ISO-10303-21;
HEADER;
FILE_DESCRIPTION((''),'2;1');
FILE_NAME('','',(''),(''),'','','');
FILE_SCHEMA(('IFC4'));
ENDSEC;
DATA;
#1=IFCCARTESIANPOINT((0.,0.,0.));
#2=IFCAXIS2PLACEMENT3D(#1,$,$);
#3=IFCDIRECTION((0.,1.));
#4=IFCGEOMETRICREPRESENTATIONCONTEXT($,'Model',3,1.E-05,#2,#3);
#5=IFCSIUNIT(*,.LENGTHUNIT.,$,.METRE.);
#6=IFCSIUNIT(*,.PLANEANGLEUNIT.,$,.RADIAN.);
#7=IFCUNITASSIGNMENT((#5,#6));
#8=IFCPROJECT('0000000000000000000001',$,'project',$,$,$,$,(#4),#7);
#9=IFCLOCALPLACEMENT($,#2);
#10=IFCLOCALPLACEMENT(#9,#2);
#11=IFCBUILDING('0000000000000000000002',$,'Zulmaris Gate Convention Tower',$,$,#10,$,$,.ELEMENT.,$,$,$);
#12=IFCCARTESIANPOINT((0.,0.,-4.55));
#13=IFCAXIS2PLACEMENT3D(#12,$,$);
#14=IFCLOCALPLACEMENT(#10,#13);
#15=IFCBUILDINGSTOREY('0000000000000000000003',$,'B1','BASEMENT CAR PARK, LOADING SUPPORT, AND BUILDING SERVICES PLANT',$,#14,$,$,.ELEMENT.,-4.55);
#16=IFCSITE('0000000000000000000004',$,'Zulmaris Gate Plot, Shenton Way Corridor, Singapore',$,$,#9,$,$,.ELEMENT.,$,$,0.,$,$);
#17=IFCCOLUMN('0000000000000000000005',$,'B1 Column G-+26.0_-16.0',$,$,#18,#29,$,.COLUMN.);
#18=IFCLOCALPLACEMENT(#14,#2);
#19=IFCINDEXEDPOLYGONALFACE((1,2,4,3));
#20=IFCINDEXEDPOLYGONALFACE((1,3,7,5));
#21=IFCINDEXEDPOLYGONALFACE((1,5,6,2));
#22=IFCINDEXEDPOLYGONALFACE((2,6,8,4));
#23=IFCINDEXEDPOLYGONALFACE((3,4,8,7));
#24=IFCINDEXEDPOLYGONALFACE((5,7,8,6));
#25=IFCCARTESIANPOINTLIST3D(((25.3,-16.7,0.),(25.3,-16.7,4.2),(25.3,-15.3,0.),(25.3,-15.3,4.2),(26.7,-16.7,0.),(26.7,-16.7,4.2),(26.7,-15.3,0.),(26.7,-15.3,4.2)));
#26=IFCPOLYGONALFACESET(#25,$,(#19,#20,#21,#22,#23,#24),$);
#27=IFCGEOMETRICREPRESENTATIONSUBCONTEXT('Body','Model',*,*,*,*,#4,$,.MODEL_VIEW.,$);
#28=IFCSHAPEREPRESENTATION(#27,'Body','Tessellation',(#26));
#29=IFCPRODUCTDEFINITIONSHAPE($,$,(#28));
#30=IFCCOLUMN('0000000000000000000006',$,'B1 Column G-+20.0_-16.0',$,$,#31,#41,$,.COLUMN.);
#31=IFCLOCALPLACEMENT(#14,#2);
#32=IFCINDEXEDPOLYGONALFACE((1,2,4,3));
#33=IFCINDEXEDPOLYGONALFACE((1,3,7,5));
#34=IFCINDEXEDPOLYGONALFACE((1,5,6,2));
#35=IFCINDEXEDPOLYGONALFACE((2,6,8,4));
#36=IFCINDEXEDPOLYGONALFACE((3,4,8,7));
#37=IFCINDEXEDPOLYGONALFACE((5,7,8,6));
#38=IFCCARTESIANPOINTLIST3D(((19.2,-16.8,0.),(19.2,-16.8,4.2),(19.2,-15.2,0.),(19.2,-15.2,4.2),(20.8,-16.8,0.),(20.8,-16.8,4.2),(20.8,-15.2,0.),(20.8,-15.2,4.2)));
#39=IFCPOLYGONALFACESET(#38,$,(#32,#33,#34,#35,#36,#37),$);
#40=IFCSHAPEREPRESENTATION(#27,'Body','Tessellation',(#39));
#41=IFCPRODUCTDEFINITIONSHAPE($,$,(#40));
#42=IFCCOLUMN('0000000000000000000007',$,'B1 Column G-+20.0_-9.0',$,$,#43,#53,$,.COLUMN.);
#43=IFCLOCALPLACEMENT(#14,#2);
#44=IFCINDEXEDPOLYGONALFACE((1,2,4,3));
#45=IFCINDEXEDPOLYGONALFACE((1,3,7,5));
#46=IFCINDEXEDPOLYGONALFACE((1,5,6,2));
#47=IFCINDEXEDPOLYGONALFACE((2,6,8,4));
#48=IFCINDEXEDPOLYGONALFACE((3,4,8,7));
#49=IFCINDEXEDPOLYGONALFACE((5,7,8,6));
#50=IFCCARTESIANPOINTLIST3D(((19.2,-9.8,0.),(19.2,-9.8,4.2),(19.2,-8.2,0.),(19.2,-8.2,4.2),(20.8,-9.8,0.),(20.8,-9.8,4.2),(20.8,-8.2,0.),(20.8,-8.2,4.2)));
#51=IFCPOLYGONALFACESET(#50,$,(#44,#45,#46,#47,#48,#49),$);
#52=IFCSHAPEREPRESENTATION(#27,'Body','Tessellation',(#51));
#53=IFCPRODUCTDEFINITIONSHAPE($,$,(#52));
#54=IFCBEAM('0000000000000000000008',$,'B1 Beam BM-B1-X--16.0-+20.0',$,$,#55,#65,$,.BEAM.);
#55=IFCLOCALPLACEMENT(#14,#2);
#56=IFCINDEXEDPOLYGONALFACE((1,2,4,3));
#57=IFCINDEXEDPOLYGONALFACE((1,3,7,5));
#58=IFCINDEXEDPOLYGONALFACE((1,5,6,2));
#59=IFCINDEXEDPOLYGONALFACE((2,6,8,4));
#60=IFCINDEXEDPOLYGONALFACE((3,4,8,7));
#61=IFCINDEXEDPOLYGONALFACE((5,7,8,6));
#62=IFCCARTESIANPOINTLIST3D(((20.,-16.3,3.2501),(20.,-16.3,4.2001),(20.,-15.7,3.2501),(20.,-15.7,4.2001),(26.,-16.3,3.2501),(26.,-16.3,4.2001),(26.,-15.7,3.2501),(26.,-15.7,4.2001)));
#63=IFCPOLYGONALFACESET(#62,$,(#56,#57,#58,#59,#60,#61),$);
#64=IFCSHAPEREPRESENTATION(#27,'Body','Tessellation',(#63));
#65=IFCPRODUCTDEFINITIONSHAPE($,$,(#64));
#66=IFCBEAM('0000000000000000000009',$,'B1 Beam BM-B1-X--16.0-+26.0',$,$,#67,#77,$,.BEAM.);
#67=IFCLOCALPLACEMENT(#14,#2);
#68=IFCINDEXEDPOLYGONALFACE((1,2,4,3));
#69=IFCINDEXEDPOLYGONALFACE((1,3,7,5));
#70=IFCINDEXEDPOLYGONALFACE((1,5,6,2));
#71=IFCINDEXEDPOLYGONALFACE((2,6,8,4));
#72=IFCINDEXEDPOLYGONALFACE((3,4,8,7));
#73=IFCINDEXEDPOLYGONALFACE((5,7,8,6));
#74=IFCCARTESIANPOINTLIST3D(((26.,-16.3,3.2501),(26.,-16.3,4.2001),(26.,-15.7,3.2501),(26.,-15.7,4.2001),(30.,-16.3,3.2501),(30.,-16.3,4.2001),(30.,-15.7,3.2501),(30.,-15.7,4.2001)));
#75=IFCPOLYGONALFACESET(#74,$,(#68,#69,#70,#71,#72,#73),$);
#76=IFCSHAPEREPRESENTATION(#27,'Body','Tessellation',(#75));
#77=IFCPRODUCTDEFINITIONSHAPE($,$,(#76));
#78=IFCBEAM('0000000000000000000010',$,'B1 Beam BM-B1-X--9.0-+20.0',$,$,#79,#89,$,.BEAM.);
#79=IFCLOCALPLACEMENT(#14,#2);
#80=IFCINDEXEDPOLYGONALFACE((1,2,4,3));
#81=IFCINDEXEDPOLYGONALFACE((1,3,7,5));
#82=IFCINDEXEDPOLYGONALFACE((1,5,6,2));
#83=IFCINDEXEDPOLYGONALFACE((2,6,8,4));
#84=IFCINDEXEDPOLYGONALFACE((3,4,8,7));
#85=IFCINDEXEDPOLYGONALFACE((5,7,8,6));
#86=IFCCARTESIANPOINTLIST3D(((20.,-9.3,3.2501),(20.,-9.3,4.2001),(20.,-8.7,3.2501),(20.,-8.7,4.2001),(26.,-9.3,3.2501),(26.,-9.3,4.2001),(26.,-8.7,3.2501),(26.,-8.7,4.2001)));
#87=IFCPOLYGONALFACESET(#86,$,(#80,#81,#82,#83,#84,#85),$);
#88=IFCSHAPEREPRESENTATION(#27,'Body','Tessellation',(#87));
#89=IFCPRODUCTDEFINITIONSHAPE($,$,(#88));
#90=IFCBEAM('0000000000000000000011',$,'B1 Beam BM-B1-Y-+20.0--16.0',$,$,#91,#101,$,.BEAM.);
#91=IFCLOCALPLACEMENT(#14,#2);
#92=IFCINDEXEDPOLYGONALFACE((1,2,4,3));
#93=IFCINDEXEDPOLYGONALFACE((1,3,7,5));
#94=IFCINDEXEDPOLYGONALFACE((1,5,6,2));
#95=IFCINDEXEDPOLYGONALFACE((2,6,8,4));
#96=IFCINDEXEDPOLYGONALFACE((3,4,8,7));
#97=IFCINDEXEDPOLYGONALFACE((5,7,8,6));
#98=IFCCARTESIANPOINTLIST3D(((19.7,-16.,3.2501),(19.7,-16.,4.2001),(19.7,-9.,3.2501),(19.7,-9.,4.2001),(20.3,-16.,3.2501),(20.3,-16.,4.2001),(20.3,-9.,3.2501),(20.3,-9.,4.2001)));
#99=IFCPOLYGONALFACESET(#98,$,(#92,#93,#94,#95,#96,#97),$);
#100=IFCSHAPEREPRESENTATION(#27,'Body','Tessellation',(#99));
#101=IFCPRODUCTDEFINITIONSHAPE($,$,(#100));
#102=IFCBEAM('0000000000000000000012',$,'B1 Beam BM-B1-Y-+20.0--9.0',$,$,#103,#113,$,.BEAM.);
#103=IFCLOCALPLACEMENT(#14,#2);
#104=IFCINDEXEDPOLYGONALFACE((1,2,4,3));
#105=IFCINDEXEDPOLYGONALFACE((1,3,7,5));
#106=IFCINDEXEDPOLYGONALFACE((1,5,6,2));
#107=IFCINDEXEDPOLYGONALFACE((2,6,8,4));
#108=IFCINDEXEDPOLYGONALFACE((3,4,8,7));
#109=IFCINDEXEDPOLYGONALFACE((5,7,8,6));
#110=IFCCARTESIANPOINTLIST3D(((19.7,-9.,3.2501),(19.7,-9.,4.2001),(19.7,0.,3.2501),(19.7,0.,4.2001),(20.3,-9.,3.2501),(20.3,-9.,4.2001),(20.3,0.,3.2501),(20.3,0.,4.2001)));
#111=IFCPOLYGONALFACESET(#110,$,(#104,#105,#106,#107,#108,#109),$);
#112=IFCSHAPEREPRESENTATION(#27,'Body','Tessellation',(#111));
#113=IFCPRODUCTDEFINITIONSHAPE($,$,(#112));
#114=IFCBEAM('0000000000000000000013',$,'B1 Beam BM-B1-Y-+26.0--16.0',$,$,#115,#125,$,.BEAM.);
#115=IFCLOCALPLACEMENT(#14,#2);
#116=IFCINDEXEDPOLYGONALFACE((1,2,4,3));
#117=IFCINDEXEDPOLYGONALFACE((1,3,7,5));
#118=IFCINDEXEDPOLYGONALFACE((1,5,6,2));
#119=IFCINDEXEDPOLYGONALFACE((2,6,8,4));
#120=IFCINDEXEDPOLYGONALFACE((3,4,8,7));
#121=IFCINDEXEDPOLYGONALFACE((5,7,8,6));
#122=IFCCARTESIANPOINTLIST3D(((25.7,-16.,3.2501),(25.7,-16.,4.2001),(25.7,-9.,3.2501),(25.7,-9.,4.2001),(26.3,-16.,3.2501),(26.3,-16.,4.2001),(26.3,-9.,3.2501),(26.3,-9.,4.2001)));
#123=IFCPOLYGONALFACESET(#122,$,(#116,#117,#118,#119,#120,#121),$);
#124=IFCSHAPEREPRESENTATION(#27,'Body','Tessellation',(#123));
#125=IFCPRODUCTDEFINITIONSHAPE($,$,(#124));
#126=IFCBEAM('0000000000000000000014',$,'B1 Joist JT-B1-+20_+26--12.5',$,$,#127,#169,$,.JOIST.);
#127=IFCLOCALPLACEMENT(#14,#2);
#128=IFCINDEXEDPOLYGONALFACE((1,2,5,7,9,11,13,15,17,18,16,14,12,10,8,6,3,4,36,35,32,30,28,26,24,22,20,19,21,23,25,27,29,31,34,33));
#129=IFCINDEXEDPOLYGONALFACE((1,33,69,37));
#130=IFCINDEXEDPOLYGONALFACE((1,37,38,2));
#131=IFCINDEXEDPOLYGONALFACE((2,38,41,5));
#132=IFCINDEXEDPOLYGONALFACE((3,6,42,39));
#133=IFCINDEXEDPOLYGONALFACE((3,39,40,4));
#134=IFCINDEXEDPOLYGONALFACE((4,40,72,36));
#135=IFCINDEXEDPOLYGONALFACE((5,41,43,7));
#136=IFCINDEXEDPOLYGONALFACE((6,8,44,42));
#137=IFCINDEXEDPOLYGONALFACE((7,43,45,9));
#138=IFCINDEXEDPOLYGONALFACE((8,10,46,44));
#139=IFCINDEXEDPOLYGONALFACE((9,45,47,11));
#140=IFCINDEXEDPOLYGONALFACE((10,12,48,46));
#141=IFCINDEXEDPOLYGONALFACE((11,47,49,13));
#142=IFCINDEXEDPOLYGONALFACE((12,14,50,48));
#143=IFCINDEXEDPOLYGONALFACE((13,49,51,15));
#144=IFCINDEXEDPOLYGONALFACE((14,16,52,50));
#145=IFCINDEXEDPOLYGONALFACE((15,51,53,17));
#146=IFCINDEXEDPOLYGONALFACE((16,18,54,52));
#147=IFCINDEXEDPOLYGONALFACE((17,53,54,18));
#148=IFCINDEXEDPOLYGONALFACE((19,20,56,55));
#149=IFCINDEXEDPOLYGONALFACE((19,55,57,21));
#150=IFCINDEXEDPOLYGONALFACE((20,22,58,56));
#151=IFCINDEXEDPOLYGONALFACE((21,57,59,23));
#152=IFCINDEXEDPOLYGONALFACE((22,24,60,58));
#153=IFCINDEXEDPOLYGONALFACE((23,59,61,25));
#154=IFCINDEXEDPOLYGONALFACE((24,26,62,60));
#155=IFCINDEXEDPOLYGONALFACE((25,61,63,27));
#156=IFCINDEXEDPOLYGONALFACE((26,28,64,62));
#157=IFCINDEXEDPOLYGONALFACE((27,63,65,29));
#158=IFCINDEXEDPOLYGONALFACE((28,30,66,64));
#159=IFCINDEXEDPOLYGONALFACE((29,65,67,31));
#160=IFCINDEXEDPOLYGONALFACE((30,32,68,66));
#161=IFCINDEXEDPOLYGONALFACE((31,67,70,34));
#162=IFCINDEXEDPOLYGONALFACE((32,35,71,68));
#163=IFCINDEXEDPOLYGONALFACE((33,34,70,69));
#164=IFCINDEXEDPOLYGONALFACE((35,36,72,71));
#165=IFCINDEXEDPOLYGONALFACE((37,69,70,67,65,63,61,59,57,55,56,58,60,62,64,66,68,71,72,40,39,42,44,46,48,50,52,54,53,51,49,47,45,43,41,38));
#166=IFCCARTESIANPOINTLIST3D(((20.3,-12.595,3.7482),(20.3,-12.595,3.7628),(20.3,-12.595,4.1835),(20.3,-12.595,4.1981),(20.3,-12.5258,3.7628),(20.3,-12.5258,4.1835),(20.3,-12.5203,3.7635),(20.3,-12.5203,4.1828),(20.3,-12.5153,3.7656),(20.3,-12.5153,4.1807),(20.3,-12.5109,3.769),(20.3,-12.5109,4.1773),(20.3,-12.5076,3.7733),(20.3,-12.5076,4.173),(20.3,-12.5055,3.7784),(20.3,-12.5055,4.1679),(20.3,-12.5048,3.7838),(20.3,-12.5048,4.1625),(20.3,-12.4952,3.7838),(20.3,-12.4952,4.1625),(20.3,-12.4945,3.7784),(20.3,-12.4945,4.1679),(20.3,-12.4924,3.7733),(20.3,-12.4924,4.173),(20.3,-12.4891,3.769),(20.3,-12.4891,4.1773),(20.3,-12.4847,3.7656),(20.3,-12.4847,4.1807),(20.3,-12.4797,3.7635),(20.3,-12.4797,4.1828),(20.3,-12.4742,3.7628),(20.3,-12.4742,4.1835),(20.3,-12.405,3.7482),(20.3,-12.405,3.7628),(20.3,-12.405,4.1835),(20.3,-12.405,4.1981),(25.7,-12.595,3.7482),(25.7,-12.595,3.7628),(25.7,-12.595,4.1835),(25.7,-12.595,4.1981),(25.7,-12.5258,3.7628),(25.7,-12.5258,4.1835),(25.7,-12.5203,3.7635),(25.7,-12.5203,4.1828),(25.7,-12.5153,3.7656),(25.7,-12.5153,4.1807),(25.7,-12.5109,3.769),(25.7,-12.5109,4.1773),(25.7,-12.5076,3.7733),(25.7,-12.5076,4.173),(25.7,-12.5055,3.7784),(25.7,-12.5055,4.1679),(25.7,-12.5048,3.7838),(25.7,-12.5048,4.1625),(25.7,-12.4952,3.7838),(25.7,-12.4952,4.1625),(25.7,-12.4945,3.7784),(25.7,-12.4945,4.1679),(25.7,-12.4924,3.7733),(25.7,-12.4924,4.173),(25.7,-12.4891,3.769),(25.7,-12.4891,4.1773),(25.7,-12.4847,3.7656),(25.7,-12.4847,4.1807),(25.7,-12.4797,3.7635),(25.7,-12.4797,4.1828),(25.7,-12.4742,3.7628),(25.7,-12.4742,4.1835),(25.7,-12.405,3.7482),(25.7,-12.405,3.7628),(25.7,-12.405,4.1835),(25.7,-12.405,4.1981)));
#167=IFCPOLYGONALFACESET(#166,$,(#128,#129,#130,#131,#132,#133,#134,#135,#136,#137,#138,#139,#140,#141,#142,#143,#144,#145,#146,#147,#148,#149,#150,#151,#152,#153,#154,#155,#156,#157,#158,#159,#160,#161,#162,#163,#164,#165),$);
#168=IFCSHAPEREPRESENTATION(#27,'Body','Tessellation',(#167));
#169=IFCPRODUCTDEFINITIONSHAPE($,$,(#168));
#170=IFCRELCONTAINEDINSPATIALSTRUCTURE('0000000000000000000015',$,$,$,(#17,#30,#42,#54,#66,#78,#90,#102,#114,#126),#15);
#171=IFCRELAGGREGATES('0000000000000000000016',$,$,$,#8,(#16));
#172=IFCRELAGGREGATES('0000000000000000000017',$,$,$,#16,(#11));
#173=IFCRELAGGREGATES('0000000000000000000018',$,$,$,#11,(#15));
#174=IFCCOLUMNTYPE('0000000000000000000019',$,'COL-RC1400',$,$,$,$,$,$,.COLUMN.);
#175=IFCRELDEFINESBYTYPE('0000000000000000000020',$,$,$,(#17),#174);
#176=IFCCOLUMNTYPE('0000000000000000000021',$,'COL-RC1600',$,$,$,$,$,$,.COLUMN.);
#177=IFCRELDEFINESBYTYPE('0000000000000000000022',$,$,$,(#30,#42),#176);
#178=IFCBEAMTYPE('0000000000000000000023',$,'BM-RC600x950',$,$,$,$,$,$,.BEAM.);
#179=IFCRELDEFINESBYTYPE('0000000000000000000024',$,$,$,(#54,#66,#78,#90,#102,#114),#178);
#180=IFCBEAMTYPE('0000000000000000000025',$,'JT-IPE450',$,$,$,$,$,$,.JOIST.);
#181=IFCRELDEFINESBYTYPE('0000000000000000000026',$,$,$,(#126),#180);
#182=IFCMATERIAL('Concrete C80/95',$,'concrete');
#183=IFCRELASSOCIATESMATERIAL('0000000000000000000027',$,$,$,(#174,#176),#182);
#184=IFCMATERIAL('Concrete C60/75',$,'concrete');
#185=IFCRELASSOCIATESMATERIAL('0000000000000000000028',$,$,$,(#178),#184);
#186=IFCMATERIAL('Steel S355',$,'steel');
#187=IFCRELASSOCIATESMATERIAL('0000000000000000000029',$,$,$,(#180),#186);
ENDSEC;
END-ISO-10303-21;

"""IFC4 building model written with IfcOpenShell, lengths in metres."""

from ifc_helpers import new_model, si_unit, direction, frame, origin, origin_2d, place, context, subcontext, project, spatial, rectangle, i_section, extrude, material, material_profile, profile_set, type_object, element, save


model = new_model("IFC4")

# Units and contexts
model_context = context("Model", 3, precision=1e-05, world=origin(), true_north=direction((0.0, 1.0)))
body_context = subcontext(model_context, "Body", "Model", "MODEL_VIEW")
ifc_project = project(units=[si_unit("LENGTHUNIT", "METRE"), si_unit("PLANEANGLEUNIT", "RADIAN")], contexts=[model_context])

# Site, building, storey
site_placement = place(None, origin())
site = spatial("IfcSite", under=ifc_project, at=site_placement, Name="Zulmaris Gate Plot, Shenton Way Corridor, Singapore", CompositionType="ELEMENT", RefElevation=0.0)
building_placement = place(site_placement, origin())
building = spatial("IfcBuilding", under=site, at=building_placement, Name="Zulmaris Gate Convention Tower", CompositionType="ELEMENT")
storey_placement = place(building_placement, frame((0.0, 0.0, -4.55)))
storey = spatial("IfcBuildingStorey", under=building, at=storey_placement, Name="B1", Description="BASEMENT CAR PARK, LOADING SUPPORT, AND BUILDING SERVICES PLANT", CompositionType="ELEMENT", Elevation=-4.55)

# Columns
ifc_material_1 = material(Name="Concrete C80/95", Category="concrete")
ifc_material_profile_1 = material_profile(ifc_material_1, rectangle(XDim=1.3999, YDim=1.3999, at=origin_2d()), Name="RC COL 1400x1400")
ifc_profile_set_1 = profile_set([ifc_material_profile_1], Name="Concrete C80/95")
column_type_1 = type_object("IfcColumnType", Name="COL-RC1400", PredefinedType="COLUMN", material=ifc_profile_set_1)
column_placement = place(storey_placement, frame((26.0, -16.0, 0.0), z_axis=(0.0, 0.0, 1.0), x_axis=(1.0, 0.0, 0.0)))
element("IfcColumn", 1, at=column_placement, inside=storey, type_object=column_type_1, Name="B1 Column G-+26.0_-16.0", PredefinedType="COLUMN", context=body_context, shape_type="SweptSolid", body=[
    extrude(rectangle(XDim=1.3999, YDim=1.3999, at=origin_2d()), origin(), (0.0, 0.0, 1.0), 4.2),
])
ifc_material_profile_2 = material_profile(ifc_material_1, rectangle(XDim=1.6001, YDim=1.6001, at=origin_2d()), Name="RC COL 1600x1600")
ifc_profile_set_2 = profile_set([ifc_material_profile_2], Name="Concrete C80/95")
column_type_2 = type_object("IfcColumnType", Name="COL-RC1600", PredefinedType="COLUMN", material=ifc_profile_set_2)
for number, where, z_axis, x_axis, name in (
    (2, (20.0, -16.0, 0.0), (0.0, 0.0, 1.0), (1.0, 0.0, 0.0), "B1 Column G-+20.0_-16.0"),
    (3, (20.0, -9.0, 0.0), (0.0, 0.0, 1.0), (1.0, 0.0, 0.0), "B1 Column G-+20.0_-9.0"),
):
    element("IfcColumn", number, at=place(storey_placement, frame(where, z_axis=z_axis, x_axis=x_axis)), inside=storey, type_object=column_type_2, Name=name, PredefinedType="COLUMN", context=body_context, shape_type="SweptSolid", body=[
        extrude(rectangle(XDim=1.6001, YDim=1.6001, at=origin_2d()), origin(), (0.0, 0.0, 1.0), 4.2),
    ])

# Beams
ifc_material_2 = material(Name="Concrete C60/75", Category="concrete")
ifc_material_profile_3 = material_profile(ifc_material_2, rectangle(XDim=0.6001, YDim=0.95, at=origin_2d()), Name="RC BEAM 600x950")
ifc_profile_set_3 = profile_set([ifc_material_profile_3], Name="Concrete C60/75")
beam_type_1 = type_object("IfcBeamType", Name="BM-RC600x950", PredefinedType="BEAM", material=ifc_profile_set_3)
beam_1_placement = place(storey_placement, frame((20.0, -16.0, 3.7251), z_axis=(1.0, 0.0, 0.0), x_axis=(0.0, 1.0, 0.0)))
element("IfcBeam", 4, at=beam_1_placement, inside=storey, type_object=beam_type_1, Name="B1 Beam BM-B1-X--16.0-+20.0", PredefinedType="BEAM", context=body_context, shape_type="SweptSolid", body=[
    extrude(rectangle(XDim=0.6001, YDim=0.95, at=origin_2d()), origin(), (0.0, 0.0, 1.0), 6.0),
])
beam_2_placement = place(storey_placement, frame((26.0, -16.0, 3.7251), z_axis=(1.0, 0.0, 0.0), x_axis=(0.0, 1.0, 0.0)))
element("IfcBeam", 5, at=beam_2_placement, inside=storey, type_object=beam_type_1, Name="B1 Beam BM-B1-X--16.0-+26.0", PredefinedType="BEAM", context=body_context, shape_type="SweptSolid", body=[
    extrude(rectangle(XDim=0.6001, YDim=0.95, at=origin_2d()), origin(), (0.0, 0.0, 1.0), 4.0),
])
beam_3_placement = place(storey_placement, frame((20.0, -9.0, 3.7251), z_axis=(1.0, 0.0, 0.0), x_axis=(0.0, 1.0, 0.0)))
element("IfcBeam", 6, at=beam_3_placement, inside=storey, type_object=beam_type_1, Name="B1 Beam BM-B1-X--9.0-+20.0", PredefinedType="BEAM", context=body_context, shape_type="SweptSolid", body=[
    extrude(rectangle(XDim=0.6001, YDim=0.95, at=origin_2d()), origin(), (0.0, 0.0, 1.0), 6.0),
])
beam_4_placement = place(storey_placement, frame((20.0, -16.0, 3.7251), z_axis=(0.0, 1.0, 0.0), x_axis=(-1.0, 0.0, 0.0)))
element("IfcBeam", 7, at=beam_4_placement, inside=storey, type_object=beam_type_1, Name="B1 Beam BM-B1-Y-+20.0--16.0", PredefinedType="BEAM", context=body_context, shape_type="SweptSolid", body=[
    extrude(rectangle(XDim=0.6001, YDim=0.95, at=origin_2d()), origin(), (0.0, 0.0, 1.0), 7.0),
])
beam_5_placement = place(storey_placement, frame((20.0, -9.0, 3.7251), z_axis=(0.0, 1.0, 0.0), x_axis=(-1.0, 0.0, 0.0)))
element("IfcBeam", 8, at=beam_5_placement, inside=storey, type_object=beam_type_1, Name="B1 Beam BM-B1-Y-+20.0--9.0", PredefinedType="BEAM", context=body_context, shape_type="SweptSolid", body=[
    extrude(rectangle(XDim=0.6001, YDim=0.95, at=origin_2d()), origin(), (0.0, 0.0, 1.0), 9.0),
])
beam_6_placement = place(storey_placement, frame((26.0, -16.0, 3.7251), z_axis=(0.0, 1.0, 0.0), x_axis=(-1.0, 0.0, 0.0)))
element("IfcBeam", 9, at=beam_6_placement, inside=storey, type_object=beam_type_1, Name="B1 Beam BM-B1-Y-+26.0--16.0", PredefinedType="BEAM", context=body_context, shape_type="SweptSolid", body=[
    extrude(rectangle(XDim=0.6001, YDim=0.95, at=origin_2d()), origin(), (0.0, 0.0, 1.0), 7.0),
])
ifc_material_3 = material(Name="Steel S355", Category="steel")
ifc_material_profile_4 = material_profile(ifc_material_3, i_section(OverallWidth=0.1899, OverallDepth=0.45, WebThickness=0.0095, FlangeThickness=0.0146, FilletRadius=0.021, at=origin_2d()), Name="IPE 450")
ifc_profile_set_4 = profile_set([ifc_material_profile_4], Name="Steel S355")
beam_type_2 = type_object("IfcBeamType", Name="JT-IPE450", PredefinedType="JOIST", material=ifc_profile_set_4)
for number, where, z_axis, x_axis, name in (
    (10, (20.3, -12.5, 3.9731), (1.0, 0.0, 0.0), (0.0, 1.0, 0.0), "B1 Joist JT-B1-+20_+26--12.5"),
):
    element("IfcBeam", number, at=place(storey_placement, frame(where, z_axis=z_axis, x_axis=x_axis)), inside=storey, type_object=beam_type_2, Name=name, PredefinedType="JOIST", context=body_context, shape_type="SweptSolid", body=[
        extrude(i_section(OverallWidth=0.1899, OverallDepth=0.45, WebThickness=0.0095, FlangeThickness=0.0146, FilletRadius=0.021, at=origin_2d()), origin(), (0.0, 0.0, 1.0), 5.3999),
    ])

save(model, "model.ifc")
